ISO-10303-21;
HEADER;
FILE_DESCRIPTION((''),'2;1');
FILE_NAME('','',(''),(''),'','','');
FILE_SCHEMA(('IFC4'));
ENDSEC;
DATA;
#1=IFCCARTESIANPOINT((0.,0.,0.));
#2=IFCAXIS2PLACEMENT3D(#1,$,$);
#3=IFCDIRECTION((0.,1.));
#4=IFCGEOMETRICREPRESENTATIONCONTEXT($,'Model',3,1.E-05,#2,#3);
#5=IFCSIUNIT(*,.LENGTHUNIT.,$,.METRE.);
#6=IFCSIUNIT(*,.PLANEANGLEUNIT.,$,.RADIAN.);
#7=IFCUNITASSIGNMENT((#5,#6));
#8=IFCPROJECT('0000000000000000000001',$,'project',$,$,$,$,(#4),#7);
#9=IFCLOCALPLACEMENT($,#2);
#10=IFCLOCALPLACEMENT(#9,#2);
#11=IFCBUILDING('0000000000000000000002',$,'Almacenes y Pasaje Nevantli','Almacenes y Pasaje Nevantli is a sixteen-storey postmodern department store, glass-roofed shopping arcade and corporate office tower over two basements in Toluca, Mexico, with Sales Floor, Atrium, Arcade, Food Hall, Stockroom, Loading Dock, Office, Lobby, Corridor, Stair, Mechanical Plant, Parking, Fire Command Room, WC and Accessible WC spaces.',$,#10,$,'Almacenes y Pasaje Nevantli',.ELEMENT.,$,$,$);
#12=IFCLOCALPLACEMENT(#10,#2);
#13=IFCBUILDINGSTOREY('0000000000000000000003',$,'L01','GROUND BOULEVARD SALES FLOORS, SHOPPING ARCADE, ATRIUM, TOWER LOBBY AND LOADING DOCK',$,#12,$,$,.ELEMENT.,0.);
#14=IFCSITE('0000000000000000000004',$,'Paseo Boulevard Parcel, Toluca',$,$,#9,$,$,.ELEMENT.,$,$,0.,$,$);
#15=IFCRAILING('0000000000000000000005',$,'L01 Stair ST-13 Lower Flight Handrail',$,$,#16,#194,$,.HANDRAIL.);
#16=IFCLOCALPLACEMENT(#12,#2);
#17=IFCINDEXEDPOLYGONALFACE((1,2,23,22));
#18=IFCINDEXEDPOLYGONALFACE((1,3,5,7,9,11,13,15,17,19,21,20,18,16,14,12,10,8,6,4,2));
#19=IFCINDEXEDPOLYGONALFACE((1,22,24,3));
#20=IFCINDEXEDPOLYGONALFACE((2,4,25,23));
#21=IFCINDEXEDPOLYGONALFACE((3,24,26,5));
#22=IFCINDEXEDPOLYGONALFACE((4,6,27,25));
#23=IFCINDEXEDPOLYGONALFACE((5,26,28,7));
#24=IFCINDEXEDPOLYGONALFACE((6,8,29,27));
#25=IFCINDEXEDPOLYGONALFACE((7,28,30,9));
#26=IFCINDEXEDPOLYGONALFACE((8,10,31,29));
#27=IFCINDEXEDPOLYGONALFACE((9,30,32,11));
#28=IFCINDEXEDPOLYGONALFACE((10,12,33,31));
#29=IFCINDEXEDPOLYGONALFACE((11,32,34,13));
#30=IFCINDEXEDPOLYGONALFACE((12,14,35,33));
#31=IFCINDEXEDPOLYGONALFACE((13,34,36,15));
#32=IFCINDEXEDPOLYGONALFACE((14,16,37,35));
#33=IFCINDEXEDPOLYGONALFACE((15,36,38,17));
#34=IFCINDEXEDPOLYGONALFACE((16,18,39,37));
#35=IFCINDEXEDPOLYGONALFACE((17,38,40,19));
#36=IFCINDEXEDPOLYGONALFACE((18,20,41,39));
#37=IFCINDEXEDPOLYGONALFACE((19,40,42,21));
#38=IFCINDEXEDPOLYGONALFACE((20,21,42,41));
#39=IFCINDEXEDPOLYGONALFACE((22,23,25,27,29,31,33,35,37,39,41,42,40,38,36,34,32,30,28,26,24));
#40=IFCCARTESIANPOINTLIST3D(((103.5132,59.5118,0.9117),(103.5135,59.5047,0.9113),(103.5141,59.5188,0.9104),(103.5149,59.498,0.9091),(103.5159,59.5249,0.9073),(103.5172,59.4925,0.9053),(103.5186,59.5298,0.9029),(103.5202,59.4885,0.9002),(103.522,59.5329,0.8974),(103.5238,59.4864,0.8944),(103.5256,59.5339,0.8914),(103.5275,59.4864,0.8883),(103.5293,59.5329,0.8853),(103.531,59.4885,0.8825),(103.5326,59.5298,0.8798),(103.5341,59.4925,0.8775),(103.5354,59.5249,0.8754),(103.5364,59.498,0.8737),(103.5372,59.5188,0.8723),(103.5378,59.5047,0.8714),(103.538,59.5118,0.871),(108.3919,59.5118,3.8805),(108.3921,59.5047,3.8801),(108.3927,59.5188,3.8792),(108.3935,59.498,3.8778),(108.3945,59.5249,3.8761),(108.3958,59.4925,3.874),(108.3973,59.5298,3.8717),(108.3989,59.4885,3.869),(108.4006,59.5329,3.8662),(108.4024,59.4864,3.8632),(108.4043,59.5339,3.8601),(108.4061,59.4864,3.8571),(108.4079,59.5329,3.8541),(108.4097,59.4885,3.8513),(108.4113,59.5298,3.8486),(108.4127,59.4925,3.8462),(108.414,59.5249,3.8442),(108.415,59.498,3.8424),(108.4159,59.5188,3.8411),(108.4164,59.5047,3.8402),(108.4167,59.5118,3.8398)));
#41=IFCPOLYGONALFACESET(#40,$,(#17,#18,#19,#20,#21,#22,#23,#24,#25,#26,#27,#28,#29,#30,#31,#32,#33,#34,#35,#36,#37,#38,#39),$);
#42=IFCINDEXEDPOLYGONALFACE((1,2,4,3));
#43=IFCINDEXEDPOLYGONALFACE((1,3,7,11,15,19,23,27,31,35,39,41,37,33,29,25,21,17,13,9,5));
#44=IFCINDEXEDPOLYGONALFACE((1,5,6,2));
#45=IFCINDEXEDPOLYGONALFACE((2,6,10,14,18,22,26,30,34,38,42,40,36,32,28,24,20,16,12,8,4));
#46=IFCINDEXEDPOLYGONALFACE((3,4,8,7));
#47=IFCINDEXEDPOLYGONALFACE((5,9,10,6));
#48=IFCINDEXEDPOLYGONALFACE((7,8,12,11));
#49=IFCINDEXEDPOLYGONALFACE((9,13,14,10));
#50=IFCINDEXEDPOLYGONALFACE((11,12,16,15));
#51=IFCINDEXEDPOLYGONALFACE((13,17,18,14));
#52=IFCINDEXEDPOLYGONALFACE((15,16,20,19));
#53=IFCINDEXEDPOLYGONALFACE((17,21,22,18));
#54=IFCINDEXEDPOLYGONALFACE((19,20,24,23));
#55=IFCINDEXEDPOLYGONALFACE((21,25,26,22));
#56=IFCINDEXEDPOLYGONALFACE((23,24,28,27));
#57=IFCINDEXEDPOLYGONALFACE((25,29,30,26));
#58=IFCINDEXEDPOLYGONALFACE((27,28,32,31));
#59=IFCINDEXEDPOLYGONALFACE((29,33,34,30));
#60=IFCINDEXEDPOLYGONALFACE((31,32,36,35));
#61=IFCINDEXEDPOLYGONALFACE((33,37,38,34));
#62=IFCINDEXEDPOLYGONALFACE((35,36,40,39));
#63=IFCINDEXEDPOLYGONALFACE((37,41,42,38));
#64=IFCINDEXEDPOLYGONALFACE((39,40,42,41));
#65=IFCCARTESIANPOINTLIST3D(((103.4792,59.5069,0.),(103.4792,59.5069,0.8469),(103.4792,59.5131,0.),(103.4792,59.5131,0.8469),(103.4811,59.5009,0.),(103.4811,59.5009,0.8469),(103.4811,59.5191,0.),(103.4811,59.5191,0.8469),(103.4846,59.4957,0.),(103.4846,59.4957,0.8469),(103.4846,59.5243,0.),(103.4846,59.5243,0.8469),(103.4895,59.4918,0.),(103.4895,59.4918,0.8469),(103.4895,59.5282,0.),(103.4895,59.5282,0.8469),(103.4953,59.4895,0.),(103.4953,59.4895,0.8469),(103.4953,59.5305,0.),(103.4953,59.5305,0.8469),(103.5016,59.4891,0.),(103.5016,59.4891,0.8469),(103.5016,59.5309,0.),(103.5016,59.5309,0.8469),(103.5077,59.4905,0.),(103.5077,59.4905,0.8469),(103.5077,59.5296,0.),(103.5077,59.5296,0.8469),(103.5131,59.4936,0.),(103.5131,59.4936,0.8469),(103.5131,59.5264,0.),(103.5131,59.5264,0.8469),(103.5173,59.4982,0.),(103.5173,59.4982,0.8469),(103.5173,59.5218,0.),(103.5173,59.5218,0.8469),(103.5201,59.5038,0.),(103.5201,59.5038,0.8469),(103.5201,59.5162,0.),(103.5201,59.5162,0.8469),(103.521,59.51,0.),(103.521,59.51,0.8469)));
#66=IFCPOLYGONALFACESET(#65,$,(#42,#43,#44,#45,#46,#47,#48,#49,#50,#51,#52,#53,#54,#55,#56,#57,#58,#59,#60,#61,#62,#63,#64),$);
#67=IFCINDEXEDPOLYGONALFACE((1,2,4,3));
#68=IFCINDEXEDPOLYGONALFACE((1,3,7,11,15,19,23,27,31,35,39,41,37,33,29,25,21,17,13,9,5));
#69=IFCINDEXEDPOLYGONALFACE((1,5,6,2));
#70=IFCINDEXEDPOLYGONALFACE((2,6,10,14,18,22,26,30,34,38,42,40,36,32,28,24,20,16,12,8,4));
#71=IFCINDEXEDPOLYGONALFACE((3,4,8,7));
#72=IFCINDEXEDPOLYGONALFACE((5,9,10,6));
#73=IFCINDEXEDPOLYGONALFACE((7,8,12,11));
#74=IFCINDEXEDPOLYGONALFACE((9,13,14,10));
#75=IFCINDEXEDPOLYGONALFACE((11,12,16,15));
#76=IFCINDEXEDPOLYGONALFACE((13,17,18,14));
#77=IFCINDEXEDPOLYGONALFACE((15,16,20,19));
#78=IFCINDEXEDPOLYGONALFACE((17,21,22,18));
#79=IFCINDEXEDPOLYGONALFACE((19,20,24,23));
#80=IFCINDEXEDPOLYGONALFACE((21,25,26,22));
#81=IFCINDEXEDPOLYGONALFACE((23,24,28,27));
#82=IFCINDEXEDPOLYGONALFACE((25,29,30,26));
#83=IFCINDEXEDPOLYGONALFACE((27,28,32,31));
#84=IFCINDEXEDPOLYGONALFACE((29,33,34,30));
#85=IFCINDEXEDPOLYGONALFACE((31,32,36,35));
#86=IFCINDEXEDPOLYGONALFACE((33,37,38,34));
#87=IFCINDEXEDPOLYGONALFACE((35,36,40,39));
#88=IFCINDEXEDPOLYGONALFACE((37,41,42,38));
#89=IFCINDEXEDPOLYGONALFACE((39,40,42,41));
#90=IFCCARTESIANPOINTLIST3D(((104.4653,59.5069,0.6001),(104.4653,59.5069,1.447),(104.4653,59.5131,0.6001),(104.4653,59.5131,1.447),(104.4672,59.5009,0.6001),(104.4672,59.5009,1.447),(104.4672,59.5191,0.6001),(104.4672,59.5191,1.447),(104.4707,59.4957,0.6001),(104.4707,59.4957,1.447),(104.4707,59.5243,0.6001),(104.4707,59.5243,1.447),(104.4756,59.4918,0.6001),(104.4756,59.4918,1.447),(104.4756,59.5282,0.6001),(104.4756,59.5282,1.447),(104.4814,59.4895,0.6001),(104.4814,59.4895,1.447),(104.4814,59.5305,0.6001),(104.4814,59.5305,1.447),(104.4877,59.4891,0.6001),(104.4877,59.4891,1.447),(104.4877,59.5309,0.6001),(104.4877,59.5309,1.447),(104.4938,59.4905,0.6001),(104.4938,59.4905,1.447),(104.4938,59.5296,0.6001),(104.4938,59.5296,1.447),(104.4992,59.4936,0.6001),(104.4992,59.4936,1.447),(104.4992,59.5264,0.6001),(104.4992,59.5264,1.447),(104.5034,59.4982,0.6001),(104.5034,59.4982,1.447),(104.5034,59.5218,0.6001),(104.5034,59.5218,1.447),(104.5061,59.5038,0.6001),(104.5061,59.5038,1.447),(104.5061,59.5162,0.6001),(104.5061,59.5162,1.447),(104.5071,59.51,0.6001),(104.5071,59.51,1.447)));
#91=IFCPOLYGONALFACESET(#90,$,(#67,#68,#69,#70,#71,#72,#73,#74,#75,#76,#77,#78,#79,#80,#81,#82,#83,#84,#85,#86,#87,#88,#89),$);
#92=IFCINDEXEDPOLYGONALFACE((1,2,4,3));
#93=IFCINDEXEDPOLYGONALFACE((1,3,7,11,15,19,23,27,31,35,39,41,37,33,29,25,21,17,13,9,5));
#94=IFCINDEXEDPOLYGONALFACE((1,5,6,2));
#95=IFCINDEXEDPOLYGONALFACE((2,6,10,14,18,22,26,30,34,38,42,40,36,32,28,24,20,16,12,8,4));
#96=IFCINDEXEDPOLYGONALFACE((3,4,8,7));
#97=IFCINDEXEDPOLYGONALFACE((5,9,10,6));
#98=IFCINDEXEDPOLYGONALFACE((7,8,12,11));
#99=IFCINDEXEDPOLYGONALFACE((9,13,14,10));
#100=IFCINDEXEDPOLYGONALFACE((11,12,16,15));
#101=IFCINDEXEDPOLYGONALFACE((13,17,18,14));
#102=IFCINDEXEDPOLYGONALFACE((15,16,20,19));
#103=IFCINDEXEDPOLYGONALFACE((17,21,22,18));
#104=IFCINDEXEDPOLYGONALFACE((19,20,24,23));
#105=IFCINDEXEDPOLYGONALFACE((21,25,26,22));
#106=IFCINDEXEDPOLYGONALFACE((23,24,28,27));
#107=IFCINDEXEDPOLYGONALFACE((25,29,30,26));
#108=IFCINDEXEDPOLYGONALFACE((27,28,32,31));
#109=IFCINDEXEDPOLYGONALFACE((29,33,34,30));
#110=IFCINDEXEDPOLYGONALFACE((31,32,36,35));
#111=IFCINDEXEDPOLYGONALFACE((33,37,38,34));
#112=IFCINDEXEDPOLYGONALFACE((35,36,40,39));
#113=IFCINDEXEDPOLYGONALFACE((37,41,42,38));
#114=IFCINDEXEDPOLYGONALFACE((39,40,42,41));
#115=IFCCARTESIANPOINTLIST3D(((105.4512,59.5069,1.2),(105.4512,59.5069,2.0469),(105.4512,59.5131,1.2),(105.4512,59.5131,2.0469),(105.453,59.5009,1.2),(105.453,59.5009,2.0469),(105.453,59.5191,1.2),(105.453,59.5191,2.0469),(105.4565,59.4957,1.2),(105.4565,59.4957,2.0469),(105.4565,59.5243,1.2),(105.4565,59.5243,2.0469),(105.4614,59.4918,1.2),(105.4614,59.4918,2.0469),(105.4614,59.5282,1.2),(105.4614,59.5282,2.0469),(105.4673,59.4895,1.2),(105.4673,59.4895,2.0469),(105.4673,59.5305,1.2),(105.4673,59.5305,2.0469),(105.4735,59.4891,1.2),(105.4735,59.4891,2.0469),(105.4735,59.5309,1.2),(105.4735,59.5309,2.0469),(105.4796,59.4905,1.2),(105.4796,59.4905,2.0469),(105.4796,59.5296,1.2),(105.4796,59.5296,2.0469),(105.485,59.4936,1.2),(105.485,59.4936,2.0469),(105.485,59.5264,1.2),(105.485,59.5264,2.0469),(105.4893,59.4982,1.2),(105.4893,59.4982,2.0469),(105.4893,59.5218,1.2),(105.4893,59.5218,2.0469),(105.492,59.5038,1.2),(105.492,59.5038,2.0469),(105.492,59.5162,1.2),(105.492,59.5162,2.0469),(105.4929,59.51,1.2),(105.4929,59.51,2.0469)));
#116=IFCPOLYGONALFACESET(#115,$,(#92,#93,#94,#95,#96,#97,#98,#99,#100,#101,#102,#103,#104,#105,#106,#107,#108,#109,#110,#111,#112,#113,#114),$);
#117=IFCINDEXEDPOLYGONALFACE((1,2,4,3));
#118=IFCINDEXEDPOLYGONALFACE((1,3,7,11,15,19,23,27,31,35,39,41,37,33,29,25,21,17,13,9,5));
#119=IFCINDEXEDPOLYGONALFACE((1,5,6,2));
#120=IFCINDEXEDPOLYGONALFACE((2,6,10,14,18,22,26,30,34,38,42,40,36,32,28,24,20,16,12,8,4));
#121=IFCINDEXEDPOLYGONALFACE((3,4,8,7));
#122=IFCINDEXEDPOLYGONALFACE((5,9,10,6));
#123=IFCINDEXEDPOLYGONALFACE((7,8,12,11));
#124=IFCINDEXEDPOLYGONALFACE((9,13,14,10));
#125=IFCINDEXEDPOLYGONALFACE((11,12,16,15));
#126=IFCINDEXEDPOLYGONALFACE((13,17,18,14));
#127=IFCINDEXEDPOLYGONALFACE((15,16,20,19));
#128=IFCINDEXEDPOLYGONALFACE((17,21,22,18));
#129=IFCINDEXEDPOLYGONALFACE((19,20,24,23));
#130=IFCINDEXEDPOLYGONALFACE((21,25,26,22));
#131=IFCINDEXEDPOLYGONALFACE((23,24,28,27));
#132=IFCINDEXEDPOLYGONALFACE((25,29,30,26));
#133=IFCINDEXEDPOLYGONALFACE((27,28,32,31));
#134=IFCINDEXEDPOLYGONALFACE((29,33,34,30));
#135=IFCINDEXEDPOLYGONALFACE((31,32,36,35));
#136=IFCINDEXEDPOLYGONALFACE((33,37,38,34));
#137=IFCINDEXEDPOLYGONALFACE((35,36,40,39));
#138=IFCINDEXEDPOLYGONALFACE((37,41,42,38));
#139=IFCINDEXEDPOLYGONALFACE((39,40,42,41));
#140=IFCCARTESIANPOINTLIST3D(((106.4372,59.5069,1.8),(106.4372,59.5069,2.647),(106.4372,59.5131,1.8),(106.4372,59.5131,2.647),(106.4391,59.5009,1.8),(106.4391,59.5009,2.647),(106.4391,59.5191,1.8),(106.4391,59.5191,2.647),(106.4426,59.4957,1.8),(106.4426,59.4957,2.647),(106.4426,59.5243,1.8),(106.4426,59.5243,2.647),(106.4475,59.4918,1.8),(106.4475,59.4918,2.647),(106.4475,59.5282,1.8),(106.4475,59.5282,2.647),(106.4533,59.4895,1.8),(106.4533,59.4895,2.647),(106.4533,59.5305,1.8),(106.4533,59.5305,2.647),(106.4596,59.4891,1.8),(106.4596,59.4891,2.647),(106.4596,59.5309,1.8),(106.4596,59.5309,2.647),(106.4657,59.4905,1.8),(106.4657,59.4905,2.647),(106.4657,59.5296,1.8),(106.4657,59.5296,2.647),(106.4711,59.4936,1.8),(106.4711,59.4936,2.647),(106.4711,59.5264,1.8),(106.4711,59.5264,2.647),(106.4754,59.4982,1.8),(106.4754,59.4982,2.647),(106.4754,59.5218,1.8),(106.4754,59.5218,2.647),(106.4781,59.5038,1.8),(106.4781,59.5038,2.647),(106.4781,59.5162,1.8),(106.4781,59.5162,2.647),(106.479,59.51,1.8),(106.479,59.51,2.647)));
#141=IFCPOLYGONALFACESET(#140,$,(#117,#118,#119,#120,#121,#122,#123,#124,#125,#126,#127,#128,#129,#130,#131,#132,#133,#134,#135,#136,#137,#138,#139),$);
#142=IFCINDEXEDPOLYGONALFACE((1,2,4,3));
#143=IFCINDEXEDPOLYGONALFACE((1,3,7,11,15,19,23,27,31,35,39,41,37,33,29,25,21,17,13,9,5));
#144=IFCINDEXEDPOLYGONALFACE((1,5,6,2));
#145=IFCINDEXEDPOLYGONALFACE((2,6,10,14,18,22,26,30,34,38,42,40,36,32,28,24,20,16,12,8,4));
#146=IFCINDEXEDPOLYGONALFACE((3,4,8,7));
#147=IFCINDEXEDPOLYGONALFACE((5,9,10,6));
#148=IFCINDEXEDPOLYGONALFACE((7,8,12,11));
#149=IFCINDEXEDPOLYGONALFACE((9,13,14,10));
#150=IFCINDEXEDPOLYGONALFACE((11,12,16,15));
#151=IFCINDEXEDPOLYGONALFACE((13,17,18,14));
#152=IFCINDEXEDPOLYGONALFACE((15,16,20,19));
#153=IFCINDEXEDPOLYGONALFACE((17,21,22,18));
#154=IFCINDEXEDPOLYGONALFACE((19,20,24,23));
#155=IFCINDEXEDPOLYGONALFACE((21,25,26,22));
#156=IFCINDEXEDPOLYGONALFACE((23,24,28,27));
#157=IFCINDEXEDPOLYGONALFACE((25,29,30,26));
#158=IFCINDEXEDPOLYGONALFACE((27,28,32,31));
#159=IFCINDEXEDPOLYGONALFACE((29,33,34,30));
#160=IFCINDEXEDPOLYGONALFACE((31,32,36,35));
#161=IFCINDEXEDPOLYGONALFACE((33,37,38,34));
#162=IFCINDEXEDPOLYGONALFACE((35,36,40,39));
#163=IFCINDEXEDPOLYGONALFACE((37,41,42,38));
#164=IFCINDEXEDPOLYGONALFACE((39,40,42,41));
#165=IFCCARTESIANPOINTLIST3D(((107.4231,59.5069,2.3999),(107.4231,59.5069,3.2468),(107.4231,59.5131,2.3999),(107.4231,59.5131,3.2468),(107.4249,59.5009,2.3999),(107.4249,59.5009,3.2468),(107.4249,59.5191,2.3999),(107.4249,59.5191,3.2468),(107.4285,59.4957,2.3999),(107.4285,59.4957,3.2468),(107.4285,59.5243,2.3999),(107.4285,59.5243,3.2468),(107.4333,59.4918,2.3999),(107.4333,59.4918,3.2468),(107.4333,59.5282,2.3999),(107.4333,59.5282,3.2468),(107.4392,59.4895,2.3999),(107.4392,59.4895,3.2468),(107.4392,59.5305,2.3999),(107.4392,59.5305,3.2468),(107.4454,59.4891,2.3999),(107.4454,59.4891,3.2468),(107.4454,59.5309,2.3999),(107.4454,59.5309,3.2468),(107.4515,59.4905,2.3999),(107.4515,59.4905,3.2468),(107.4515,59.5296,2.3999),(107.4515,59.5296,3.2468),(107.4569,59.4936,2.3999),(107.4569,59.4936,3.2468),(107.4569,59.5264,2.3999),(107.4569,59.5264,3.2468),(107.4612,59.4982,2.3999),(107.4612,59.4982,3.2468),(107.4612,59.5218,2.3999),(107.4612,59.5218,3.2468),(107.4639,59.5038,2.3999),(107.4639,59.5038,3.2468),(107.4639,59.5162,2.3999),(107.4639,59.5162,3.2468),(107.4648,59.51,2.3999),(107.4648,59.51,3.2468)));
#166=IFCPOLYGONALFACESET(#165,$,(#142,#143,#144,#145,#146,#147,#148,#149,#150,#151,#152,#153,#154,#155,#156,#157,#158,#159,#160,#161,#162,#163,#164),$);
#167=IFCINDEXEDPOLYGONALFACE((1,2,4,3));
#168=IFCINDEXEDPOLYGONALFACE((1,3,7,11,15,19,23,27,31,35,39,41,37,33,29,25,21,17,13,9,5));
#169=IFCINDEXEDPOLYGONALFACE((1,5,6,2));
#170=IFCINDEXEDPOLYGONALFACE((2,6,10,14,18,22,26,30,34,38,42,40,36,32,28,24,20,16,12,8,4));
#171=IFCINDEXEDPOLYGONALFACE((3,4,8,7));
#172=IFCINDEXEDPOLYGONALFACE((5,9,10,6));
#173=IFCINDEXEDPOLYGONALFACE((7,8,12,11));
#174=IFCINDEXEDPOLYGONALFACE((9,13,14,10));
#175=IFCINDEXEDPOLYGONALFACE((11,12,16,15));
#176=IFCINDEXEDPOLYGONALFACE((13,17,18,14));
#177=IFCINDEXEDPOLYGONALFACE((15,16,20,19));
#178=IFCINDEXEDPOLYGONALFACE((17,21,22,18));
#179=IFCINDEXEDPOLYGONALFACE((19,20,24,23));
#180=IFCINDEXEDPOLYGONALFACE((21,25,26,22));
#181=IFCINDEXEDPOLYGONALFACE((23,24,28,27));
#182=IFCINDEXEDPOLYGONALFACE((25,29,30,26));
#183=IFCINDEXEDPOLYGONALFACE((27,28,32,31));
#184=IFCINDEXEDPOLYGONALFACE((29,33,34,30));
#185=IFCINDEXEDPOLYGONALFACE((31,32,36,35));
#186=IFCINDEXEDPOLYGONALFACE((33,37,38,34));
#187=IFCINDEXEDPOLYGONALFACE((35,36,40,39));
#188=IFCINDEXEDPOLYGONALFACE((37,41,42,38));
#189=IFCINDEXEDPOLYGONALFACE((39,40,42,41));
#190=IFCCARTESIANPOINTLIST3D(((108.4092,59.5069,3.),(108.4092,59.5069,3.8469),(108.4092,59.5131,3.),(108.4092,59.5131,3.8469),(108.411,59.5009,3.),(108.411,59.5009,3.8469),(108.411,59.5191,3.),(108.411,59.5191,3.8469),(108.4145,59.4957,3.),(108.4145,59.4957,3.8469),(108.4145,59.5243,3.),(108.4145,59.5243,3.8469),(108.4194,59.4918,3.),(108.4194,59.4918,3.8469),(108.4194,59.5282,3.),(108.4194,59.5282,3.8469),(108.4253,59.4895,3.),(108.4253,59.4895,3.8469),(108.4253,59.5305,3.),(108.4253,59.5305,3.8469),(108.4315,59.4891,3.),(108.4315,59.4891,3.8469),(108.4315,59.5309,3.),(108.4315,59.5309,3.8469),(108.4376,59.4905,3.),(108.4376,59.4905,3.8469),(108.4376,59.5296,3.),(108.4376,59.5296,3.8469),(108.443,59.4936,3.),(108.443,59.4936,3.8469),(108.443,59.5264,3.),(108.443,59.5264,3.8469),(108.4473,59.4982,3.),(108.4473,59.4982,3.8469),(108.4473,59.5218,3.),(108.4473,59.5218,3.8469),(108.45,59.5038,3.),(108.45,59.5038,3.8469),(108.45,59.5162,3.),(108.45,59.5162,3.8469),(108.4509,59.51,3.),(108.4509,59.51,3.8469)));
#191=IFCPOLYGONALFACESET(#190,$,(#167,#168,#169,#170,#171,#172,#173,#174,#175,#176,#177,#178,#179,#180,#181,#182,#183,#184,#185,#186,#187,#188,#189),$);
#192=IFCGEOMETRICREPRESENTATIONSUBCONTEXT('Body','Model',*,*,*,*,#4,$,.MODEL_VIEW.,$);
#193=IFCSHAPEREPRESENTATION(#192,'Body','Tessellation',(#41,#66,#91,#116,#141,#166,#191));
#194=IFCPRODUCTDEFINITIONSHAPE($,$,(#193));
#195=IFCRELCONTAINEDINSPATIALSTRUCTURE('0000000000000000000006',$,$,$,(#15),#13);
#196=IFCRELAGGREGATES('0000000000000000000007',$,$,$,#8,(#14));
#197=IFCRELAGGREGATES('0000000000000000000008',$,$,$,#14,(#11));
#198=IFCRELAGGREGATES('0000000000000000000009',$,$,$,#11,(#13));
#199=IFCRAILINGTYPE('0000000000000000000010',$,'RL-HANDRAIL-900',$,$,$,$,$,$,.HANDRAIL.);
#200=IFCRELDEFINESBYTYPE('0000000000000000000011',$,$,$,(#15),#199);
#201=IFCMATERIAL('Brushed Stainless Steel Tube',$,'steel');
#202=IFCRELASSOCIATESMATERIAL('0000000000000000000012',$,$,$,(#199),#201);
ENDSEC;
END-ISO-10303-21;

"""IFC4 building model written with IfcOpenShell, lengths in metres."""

from ifc_helpers import new_model, si_unit, direction, frame, origin, origin_2d, place, context, subcontext, project, spatial, circle, extrude, material, type_object, element, save


model = new_model("IFC4")

# Units and contexts
model_context = context("Model", 3, precision=1e-05, world=origin(), true_north=direction((0.0, 1.0)))
body_context = subcontext(model_context, "Body", "Model", "MODEL_VIEW")
ifc_project = project(units=[si_unit("LENGTHUNIT", "METRE"), si_unit("PLANEANGLEUNIT", "RADIAN")], contexts=[model_context])

# Site, building, storey
site_placement = place(None, origin())
site = spatial("IfcSite", under=ifc_project, at=site_placement, Name="Paseo Boulevard Parcel, Toluca", CompositionType="ELEMENT", RefElevation=0.0)
building_placement = place(site_placement, origin())
building = spatial("IfcBuilding", under=site, at=building_placement, Name="Almacenes y Pasaje Nevantli", Description="Almacenes y Pasaje Nevantli is a sixteen-storey postmodern department store, glass-roofed shopping arcade and corporate office tower over two basements in Toluca, Mexico, with Sales Floor, Atrium, Arcade, Food Hall, Stockroom, Loading Dock, Office, Lobby, Corridor, Stair, Mechanical Plant, Parking, Fire Command Room, WC and Accessible WC spaces.", LongName="Almacenes y Pasaje Nevantli", CompositionType="ELEMENT")
storey_placement = place(building_placement, origin())
storey = spatial("IfcBuildingStorey", under=building, at=storey_placement, Name="L01", Description="GROUND BOULEVARD SALES FLOORS, SHOPPING ARCADE, ATRIUM, TOWER LOBBY AND LOADING DOCK", CompositionType="ELEMENT", Elevation=0.0)

# Railing
ifc_material_1 = material(Name="Brushed Stainless Steel Tube", Category="steel")
railing_type_1 = type_object("IfcRailingType", Name="RL-HANDRAIL-900", PredefinedType="HANDRAIL", material=ifc_material_1)
railing_1_placement = place(storey_placement, frame((103.5, 59.51, 0.0)))
element("IfcRailing", 1, at=railing_1_placement, inside=storey, type_object=railing_type_1, Name="L01 Stair ST-13 Lower Flight Handrail", PredefinedType="HANDRAIL", context=body_context, shape_type="SweptSolid", body=[
    extrude(circle(Radius=0.0239, at=origin_2d()), frame((0.0256, 0.0, 0.8914), z_axis=(0.854262, 0.0, 0.519842), x_axis=(0.0, 1.0, 0.0)), (0.0, 0.0, 1.0), 5.7109),
    extrude(circle(Radius=0.021, at=origin_2d()), origin(), (0.0, 0.0, 1.0), 0.8469),
    extrude(circle(Radius=0.021, at=origin_2d()), frame((0.9861, 0.0, 0.6001)), (0.0, 0.0, 1.0), 0.8469),
    extrude(circle(Radius=0.021, at=origin_2d()), frame((1.9719, 0.0, 1.2)), (0.0, 0.0, 1.0), 0.8469),
    extrude(circle(Radius=0.021, at=origin_2d()), frame((2.958, 0.0, 1.8)), (0.0, 0.0, 1.0), 0.8469),
    extrude(circle(Radius=0.021, at=origin_2d()), frame((3.9438, 0.0, 2.3999)), (0.0, 0.0, 1.0), 0.8469),
    extrude(circle(Radius=0.021, at=origin_2d()), frame((4.9299, 0.0, 3.0)), (0.0, 0.0, 1.0), 0.8469),
])

save(model, "model.ifc")
